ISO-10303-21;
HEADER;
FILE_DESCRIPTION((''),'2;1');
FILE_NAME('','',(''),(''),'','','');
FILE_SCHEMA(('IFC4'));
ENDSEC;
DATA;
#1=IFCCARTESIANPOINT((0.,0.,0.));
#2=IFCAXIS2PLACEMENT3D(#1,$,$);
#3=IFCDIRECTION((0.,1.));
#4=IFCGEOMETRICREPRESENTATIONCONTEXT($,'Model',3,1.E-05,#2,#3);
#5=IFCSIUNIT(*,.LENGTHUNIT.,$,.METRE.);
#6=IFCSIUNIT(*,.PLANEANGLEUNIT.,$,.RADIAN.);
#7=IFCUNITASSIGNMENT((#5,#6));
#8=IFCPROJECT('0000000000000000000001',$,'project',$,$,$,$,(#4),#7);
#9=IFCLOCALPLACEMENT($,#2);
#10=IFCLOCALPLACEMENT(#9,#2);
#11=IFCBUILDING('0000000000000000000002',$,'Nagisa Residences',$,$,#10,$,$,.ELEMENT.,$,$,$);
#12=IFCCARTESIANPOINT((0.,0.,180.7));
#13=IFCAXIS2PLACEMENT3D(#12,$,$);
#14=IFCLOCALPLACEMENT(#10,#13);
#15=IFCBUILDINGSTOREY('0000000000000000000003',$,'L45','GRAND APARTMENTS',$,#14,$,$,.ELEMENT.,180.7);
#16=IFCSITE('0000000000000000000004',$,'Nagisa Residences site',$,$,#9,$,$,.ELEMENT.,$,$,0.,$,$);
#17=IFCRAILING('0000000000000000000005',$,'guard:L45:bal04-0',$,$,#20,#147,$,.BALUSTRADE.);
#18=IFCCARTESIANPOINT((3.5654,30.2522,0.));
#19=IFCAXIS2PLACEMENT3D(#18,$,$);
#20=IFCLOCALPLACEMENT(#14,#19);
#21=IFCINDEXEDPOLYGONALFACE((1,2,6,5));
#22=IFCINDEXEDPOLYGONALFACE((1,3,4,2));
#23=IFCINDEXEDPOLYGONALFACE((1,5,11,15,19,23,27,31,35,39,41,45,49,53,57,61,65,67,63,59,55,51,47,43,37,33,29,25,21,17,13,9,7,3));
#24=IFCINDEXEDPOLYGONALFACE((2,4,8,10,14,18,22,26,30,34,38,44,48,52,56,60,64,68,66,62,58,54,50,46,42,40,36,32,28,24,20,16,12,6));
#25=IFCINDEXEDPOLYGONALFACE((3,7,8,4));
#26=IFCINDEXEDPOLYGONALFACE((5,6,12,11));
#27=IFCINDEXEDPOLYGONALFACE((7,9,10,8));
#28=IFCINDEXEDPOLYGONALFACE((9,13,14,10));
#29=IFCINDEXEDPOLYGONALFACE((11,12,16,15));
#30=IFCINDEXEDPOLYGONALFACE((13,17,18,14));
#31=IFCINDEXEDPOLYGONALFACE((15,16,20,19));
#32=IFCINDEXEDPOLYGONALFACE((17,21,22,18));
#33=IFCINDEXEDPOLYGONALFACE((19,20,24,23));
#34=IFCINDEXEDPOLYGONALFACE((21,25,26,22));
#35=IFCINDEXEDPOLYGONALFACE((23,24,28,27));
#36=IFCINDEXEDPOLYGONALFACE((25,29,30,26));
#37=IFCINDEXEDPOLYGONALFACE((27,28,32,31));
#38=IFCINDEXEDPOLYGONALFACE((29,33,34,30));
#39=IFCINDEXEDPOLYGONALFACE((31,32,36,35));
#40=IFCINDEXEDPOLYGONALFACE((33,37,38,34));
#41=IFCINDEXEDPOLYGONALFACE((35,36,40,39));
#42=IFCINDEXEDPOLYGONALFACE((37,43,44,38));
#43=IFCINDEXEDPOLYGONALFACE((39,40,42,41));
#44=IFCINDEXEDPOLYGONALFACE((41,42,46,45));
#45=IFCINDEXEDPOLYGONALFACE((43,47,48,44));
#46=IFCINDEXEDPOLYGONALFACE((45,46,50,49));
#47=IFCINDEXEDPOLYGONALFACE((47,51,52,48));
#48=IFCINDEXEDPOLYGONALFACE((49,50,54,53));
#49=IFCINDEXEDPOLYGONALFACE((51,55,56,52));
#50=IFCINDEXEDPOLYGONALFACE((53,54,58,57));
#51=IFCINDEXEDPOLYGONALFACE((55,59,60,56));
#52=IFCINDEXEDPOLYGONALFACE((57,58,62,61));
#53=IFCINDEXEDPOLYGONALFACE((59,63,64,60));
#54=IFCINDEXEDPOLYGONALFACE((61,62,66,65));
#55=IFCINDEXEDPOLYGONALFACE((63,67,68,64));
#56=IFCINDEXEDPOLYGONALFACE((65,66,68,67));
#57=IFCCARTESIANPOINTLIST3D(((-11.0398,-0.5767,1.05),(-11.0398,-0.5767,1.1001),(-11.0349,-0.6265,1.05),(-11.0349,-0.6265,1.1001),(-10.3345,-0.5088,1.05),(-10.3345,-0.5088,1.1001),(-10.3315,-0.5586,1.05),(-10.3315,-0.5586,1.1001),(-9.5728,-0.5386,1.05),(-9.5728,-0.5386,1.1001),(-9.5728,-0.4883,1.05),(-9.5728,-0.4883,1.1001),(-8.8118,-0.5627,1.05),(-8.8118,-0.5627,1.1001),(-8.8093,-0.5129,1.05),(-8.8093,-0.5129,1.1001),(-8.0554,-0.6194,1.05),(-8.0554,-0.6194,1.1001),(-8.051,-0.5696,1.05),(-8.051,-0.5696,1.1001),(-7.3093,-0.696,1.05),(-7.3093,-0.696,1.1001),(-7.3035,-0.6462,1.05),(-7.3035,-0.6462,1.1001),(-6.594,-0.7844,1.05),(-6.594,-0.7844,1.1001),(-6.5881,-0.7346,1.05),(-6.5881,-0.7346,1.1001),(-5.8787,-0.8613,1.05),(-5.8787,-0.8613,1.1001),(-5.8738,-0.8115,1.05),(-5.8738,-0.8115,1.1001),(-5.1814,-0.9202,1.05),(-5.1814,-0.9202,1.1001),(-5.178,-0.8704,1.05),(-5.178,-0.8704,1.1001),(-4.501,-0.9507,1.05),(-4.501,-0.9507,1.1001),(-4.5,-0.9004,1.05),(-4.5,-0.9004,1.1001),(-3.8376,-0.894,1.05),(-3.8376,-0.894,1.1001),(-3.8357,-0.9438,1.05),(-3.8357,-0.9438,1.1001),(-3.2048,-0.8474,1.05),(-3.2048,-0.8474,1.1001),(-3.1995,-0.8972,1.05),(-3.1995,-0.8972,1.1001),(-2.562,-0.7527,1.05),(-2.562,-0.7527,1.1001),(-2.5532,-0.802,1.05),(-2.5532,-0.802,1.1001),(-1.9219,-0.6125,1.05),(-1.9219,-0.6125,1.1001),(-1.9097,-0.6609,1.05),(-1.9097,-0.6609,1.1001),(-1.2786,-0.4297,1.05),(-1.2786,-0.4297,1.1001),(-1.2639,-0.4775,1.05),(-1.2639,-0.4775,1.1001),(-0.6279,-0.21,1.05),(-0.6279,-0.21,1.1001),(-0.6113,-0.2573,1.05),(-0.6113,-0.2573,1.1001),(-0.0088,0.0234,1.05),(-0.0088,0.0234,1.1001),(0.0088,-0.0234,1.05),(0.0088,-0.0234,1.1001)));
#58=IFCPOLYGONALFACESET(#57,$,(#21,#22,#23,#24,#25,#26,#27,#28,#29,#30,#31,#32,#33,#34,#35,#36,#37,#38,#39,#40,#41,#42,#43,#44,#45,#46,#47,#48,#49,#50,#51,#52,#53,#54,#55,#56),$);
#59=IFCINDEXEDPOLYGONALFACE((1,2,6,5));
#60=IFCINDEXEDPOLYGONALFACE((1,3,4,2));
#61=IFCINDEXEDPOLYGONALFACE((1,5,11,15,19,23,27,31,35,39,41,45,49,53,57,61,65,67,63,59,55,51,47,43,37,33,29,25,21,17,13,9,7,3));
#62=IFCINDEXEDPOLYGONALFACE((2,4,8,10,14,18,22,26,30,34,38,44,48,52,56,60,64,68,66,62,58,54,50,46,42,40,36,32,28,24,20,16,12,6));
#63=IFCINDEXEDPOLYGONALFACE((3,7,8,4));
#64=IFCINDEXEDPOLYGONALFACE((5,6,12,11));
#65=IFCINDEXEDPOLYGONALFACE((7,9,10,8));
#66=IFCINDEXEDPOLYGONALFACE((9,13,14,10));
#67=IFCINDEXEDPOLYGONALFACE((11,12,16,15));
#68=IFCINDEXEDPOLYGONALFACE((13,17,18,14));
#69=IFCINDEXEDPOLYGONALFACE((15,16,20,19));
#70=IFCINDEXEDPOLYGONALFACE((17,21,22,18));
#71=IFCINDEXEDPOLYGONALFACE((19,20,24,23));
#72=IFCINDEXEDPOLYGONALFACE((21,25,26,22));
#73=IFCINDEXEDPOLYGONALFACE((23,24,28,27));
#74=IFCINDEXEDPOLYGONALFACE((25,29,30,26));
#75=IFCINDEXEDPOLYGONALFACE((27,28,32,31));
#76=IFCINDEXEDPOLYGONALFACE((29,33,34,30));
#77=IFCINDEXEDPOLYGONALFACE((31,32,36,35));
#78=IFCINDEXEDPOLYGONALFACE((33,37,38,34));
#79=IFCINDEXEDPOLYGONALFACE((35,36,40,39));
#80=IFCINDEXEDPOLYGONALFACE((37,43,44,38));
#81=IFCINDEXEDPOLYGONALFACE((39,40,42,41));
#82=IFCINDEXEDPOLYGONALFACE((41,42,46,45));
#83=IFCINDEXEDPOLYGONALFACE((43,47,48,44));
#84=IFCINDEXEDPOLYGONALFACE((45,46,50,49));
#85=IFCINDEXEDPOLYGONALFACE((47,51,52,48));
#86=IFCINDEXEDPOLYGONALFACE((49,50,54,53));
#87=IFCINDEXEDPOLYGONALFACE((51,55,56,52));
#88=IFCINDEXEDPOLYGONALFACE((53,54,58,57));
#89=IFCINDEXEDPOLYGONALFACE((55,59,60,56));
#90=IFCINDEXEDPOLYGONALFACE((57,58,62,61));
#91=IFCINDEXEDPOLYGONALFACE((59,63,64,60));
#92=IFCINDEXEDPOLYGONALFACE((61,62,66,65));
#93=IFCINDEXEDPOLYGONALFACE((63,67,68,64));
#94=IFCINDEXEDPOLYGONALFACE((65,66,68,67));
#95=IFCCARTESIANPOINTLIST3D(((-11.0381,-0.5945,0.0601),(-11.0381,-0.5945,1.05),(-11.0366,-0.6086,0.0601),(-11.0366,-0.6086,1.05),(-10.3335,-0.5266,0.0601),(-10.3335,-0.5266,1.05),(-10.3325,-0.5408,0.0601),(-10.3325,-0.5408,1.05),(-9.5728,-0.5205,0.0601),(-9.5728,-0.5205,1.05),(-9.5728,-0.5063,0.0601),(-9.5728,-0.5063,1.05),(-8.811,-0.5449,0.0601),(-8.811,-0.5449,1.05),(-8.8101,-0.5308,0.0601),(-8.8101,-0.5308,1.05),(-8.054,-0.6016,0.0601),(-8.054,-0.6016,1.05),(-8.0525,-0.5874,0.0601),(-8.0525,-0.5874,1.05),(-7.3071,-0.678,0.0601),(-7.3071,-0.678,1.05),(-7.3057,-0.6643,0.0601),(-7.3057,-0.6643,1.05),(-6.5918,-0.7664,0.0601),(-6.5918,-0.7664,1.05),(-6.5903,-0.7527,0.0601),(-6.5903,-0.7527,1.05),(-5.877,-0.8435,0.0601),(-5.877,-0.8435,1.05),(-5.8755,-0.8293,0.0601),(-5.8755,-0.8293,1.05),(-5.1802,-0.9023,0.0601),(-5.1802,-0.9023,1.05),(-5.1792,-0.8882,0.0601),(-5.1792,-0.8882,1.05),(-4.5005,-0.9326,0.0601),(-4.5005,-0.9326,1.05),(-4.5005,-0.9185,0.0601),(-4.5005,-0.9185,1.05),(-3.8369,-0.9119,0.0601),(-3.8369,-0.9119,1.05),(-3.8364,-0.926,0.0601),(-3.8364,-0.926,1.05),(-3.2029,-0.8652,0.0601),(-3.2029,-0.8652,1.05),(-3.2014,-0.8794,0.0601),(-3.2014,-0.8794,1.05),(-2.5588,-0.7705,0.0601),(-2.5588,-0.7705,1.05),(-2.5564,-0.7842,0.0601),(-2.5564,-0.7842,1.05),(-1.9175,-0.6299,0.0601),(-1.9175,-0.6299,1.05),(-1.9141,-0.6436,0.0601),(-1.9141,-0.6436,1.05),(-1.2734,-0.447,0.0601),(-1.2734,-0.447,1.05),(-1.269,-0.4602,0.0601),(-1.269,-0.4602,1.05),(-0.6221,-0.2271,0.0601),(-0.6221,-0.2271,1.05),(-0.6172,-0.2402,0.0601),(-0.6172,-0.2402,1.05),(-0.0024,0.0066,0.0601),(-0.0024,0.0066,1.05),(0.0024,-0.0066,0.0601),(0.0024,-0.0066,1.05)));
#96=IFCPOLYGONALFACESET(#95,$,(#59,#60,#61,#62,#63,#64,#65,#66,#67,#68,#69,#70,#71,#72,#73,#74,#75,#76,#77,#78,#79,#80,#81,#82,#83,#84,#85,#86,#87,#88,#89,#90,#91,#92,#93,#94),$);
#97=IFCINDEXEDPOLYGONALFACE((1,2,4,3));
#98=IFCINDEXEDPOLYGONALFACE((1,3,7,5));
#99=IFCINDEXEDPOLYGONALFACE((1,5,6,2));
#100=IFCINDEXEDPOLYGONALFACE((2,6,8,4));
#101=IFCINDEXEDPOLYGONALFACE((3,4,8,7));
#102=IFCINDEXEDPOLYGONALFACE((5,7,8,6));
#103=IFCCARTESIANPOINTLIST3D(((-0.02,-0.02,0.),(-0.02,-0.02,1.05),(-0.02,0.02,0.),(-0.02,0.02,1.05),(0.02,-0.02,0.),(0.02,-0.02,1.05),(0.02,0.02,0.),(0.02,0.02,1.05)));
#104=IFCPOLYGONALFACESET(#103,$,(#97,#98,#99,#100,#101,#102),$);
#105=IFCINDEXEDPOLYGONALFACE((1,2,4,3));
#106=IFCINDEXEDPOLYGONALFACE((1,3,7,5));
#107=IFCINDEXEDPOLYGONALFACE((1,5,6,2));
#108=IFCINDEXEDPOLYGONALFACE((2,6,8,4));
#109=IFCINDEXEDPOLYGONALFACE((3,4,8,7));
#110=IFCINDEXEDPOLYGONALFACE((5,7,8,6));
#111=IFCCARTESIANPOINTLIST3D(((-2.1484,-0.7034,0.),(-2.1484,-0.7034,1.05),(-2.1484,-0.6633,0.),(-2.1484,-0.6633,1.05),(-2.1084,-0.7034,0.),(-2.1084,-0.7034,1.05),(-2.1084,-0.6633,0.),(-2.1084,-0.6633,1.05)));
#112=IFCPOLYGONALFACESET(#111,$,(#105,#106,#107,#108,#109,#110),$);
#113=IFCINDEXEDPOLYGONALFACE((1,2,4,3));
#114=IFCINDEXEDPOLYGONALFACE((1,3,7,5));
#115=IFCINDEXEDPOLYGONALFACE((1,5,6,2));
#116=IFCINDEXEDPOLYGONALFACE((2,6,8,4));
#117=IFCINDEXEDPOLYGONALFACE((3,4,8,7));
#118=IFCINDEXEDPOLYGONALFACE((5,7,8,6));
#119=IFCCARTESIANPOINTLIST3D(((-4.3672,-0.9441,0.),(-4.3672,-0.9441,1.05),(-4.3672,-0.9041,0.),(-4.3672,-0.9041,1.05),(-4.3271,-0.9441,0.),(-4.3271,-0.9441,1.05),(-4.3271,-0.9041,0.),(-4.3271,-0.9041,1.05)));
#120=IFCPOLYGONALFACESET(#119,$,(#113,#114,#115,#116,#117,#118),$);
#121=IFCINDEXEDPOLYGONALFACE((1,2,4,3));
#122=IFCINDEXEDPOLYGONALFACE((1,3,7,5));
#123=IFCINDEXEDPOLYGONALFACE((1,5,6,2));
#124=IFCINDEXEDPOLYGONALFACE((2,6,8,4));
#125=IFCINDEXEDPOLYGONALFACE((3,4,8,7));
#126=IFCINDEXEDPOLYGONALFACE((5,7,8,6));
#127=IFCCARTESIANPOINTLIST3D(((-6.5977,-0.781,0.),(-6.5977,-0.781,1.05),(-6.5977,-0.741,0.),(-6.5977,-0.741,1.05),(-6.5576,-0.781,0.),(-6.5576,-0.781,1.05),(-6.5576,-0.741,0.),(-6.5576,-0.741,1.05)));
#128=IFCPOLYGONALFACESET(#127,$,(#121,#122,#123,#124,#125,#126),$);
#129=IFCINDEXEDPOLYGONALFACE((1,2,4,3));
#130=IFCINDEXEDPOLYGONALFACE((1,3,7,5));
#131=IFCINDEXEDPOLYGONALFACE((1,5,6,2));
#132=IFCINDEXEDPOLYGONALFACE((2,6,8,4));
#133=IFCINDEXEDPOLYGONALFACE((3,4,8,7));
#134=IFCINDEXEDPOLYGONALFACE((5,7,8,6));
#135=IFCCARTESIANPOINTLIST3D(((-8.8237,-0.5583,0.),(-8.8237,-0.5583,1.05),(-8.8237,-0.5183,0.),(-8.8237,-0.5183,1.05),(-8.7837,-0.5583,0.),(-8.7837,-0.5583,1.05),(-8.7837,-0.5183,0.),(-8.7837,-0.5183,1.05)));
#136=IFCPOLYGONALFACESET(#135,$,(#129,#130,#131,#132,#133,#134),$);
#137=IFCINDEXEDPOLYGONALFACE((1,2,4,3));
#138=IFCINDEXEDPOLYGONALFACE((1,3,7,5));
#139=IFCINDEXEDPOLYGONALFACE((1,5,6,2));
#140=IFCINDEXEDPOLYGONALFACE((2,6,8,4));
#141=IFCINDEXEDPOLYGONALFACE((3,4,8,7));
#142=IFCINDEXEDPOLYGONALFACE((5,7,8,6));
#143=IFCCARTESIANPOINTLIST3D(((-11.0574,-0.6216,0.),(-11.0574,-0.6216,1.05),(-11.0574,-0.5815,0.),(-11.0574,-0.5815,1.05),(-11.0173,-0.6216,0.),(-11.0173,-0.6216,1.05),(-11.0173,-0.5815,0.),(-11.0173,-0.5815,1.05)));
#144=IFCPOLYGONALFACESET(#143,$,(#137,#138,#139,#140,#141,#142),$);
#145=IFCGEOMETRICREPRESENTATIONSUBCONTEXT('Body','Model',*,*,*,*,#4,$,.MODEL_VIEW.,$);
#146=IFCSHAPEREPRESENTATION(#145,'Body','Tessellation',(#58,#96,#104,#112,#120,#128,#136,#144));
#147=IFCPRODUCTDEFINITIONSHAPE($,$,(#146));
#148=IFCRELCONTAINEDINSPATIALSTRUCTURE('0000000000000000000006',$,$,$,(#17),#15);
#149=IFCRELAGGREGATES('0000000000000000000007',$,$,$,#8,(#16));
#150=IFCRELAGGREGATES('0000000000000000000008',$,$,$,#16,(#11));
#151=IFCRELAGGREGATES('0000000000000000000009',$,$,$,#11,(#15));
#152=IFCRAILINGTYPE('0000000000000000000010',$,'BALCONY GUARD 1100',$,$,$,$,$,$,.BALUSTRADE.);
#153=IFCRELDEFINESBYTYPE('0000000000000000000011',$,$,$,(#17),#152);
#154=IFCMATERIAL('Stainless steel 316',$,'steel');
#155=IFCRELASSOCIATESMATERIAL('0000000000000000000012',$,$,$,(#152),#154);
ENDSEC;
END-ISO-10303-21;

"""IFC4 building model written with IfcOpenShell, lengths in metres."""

from ifc_helpers import new_model, si_unit, direction, frame, origin, origin_2d, place, context, subcontext, project, spatial, polyline, rectangle, outline, extrude, material, type_object, element, save


model = new_model("IFC4")

# Units and contexts
model_context = context("Model", 3, precision=1e-05, world=origin(), true_north=direction((0.0, 1.0)))
body_context = subcontext(model_context, "Body", "Model", "MODEL_VIEW")
ifc_project = project(units=[si_unit("LENGTHUNIT", "METRE"), si_unit("PLANEANGLEUNIT", "RADIAN")], contexts=[model_context])

# Site, building, storey
site_placement = place(None, origin())
site = spatial("IfcSite", under=ifc_project, at=site_placement, Name="Nagisa Residences site", CompositionType="ELEMENT", RefElevation=0.0)
building_placement = place(site_placement, origin())
building = spatial("IfcBuilding", under=site, at=building_placement, Name="Nagisa Residences", CompositionType="ELEMENT")
storey_placement = place(building_placement, frame((0.0, 0.0, 180.7)))
storey = spatial("IfcBuildingStorey", under=building, at=storey_placement, Name="L45", Description="GRAND APARTMENTS", CompositionType="ELEMENT", Elevation=180.7)

# Railing
ifc_material_1 = material(Name="Stainless steel 316", Category="steel")
railing_type = type_object("IfcRailingType", Name="BALCONY GUARD 1100", PredefinedType="BALUSTRADE", material=ifc_material_1)
railing_placement = place(storey_placement, frame((3.5654, 30.2522, 0.0)))
element("IfcRailing", 1, at=railing_placement, inside=storey, type_object=railing_type, Name="guard:L45:bal04-0", PredefinedType="BALUSTRADE", context=body_context, shape_type="SweptSolid", body=[
    extrude(outline(polyline([(-0.6113, -0.2573), (0.0088, -0.0234), (-0.0088, 0.0234), (-0.6279, -0.21), (-1.2786, -0.4297), (-1.9219, -0.6125), (-2.562, -0.7527), (-3.2048, -0.8474), (-3.8376, -0.894), (-4.5, -0.9004), (-5.178, -0.8704), (-5.8738, -0.8115), (-6.5881, -0.7346), (-7.3035, -0.6462), (-8.051, -0.5696), (-8.8093, -0.5129), (-9.5728, -0.4883), (-10.3345, -0.5088), (-11.0398, -0.5767), (-11.0349, -0.6265), (-10.3315, -0.5586), (-9.5728, -0.5386), (-8.8118, -0.5627), (-8.0554, -0.6194), (-7.3093, -0.696), (-6.594, -0.7844), (-5.8787, -0.8613), (-5.1814, -0.9202), (-4.501, -0.9507), (-3.8357, -0.9438), (-3.1995, -0.8972), (-2.5532, -0.802), (-1.9097, -0.6609), (-1.2639, -0.4775), (-0.6113, -0.2573)])), frame((0.0, 0.0, 1.05)), (0.0, 0.0, 1.0), 0.05),
    extrude(outline(polyline([(-0.6172, -0.2402), (0.0024, -0.0066), (-0.0024, 0.0066), (-0.6221, -0.2271), (-1.2734, -0.447), (-1.9175, -0.6299), (-2.5588, -0.7705), (-3.2029, -0.8652), (-3.8369, -0.9119), (-4.5005, -0.9185), (-5.1792, -0.8882), (-5.8755, -0.8293), (-6.5903, -0.7527), (-7.3057, -0.6643), (-8.0525, -0.5874), (-8.8101, -0.5308), (-9.5728, -0.5063), (-10.3335, -0.5266), (-11.0381, -0.5945), (-11.0366, -0.6086), (-10.3325, -0.5408), (-9.5728, -0.5205), (-8.811, -0.5449), (-8.054, -0.6016), (-7.3071, -0.678), (-6.5918, -0.7664), (-5.877, -0.8435), (-5.1802, -0.9023), (-4.5005, -0.9326), (-3.8364, -0.926), (-3.2014, -0.8794), (-2.5564, -0.7842), (-1.9141, -0.6436), (-1.269, -0.4602), (-0.6172, -0.2402)])), frame((0.0, 0.0, 0.0601)), (0.0, 0.0, 1.0), 0.99),
    extrude(rectangle(XDim=0.04, YDim=0.04, at=origin_2d()), origin(), (0.0, 0.0, 1.0), 1.05),
    extrude(rectangle(XDim=0.04, YDim=0.04, at=origin_2d()), frame((-2.1284, -0.6833, 0.0)), (0.0, 0.0, 1.0), 1.05),
    extrude(rectangle(XDim=0.04, YDim=0.04, at=origin_2d()), frame((-4.3472, -0.9241, 0.0)), (0.0, 0.0, 1.0), 1.05),
    extrude(rectangle(XDim=0.04, YDim=0.04, at=origin_2d()), frame((-6.5776, -0.761, 0.0)), (0.0, 0.0, 1.0), 1.05),
    extrude(rectangle(XDim=0.04, YDim=0.04, at=origin_2d()), frame((-8.8037, -0.5383, 0.0)), (0.0, 0.0, 1.0), 1.05),
    extrude(rectangle(XDim=0.04, YDim=0.04, at=origin_2d()), frame((-11.0374, -0.6016, 0.0)), (0.0, 0.0, 1.0), 1.05),
])

save(model, "model.ifc")
